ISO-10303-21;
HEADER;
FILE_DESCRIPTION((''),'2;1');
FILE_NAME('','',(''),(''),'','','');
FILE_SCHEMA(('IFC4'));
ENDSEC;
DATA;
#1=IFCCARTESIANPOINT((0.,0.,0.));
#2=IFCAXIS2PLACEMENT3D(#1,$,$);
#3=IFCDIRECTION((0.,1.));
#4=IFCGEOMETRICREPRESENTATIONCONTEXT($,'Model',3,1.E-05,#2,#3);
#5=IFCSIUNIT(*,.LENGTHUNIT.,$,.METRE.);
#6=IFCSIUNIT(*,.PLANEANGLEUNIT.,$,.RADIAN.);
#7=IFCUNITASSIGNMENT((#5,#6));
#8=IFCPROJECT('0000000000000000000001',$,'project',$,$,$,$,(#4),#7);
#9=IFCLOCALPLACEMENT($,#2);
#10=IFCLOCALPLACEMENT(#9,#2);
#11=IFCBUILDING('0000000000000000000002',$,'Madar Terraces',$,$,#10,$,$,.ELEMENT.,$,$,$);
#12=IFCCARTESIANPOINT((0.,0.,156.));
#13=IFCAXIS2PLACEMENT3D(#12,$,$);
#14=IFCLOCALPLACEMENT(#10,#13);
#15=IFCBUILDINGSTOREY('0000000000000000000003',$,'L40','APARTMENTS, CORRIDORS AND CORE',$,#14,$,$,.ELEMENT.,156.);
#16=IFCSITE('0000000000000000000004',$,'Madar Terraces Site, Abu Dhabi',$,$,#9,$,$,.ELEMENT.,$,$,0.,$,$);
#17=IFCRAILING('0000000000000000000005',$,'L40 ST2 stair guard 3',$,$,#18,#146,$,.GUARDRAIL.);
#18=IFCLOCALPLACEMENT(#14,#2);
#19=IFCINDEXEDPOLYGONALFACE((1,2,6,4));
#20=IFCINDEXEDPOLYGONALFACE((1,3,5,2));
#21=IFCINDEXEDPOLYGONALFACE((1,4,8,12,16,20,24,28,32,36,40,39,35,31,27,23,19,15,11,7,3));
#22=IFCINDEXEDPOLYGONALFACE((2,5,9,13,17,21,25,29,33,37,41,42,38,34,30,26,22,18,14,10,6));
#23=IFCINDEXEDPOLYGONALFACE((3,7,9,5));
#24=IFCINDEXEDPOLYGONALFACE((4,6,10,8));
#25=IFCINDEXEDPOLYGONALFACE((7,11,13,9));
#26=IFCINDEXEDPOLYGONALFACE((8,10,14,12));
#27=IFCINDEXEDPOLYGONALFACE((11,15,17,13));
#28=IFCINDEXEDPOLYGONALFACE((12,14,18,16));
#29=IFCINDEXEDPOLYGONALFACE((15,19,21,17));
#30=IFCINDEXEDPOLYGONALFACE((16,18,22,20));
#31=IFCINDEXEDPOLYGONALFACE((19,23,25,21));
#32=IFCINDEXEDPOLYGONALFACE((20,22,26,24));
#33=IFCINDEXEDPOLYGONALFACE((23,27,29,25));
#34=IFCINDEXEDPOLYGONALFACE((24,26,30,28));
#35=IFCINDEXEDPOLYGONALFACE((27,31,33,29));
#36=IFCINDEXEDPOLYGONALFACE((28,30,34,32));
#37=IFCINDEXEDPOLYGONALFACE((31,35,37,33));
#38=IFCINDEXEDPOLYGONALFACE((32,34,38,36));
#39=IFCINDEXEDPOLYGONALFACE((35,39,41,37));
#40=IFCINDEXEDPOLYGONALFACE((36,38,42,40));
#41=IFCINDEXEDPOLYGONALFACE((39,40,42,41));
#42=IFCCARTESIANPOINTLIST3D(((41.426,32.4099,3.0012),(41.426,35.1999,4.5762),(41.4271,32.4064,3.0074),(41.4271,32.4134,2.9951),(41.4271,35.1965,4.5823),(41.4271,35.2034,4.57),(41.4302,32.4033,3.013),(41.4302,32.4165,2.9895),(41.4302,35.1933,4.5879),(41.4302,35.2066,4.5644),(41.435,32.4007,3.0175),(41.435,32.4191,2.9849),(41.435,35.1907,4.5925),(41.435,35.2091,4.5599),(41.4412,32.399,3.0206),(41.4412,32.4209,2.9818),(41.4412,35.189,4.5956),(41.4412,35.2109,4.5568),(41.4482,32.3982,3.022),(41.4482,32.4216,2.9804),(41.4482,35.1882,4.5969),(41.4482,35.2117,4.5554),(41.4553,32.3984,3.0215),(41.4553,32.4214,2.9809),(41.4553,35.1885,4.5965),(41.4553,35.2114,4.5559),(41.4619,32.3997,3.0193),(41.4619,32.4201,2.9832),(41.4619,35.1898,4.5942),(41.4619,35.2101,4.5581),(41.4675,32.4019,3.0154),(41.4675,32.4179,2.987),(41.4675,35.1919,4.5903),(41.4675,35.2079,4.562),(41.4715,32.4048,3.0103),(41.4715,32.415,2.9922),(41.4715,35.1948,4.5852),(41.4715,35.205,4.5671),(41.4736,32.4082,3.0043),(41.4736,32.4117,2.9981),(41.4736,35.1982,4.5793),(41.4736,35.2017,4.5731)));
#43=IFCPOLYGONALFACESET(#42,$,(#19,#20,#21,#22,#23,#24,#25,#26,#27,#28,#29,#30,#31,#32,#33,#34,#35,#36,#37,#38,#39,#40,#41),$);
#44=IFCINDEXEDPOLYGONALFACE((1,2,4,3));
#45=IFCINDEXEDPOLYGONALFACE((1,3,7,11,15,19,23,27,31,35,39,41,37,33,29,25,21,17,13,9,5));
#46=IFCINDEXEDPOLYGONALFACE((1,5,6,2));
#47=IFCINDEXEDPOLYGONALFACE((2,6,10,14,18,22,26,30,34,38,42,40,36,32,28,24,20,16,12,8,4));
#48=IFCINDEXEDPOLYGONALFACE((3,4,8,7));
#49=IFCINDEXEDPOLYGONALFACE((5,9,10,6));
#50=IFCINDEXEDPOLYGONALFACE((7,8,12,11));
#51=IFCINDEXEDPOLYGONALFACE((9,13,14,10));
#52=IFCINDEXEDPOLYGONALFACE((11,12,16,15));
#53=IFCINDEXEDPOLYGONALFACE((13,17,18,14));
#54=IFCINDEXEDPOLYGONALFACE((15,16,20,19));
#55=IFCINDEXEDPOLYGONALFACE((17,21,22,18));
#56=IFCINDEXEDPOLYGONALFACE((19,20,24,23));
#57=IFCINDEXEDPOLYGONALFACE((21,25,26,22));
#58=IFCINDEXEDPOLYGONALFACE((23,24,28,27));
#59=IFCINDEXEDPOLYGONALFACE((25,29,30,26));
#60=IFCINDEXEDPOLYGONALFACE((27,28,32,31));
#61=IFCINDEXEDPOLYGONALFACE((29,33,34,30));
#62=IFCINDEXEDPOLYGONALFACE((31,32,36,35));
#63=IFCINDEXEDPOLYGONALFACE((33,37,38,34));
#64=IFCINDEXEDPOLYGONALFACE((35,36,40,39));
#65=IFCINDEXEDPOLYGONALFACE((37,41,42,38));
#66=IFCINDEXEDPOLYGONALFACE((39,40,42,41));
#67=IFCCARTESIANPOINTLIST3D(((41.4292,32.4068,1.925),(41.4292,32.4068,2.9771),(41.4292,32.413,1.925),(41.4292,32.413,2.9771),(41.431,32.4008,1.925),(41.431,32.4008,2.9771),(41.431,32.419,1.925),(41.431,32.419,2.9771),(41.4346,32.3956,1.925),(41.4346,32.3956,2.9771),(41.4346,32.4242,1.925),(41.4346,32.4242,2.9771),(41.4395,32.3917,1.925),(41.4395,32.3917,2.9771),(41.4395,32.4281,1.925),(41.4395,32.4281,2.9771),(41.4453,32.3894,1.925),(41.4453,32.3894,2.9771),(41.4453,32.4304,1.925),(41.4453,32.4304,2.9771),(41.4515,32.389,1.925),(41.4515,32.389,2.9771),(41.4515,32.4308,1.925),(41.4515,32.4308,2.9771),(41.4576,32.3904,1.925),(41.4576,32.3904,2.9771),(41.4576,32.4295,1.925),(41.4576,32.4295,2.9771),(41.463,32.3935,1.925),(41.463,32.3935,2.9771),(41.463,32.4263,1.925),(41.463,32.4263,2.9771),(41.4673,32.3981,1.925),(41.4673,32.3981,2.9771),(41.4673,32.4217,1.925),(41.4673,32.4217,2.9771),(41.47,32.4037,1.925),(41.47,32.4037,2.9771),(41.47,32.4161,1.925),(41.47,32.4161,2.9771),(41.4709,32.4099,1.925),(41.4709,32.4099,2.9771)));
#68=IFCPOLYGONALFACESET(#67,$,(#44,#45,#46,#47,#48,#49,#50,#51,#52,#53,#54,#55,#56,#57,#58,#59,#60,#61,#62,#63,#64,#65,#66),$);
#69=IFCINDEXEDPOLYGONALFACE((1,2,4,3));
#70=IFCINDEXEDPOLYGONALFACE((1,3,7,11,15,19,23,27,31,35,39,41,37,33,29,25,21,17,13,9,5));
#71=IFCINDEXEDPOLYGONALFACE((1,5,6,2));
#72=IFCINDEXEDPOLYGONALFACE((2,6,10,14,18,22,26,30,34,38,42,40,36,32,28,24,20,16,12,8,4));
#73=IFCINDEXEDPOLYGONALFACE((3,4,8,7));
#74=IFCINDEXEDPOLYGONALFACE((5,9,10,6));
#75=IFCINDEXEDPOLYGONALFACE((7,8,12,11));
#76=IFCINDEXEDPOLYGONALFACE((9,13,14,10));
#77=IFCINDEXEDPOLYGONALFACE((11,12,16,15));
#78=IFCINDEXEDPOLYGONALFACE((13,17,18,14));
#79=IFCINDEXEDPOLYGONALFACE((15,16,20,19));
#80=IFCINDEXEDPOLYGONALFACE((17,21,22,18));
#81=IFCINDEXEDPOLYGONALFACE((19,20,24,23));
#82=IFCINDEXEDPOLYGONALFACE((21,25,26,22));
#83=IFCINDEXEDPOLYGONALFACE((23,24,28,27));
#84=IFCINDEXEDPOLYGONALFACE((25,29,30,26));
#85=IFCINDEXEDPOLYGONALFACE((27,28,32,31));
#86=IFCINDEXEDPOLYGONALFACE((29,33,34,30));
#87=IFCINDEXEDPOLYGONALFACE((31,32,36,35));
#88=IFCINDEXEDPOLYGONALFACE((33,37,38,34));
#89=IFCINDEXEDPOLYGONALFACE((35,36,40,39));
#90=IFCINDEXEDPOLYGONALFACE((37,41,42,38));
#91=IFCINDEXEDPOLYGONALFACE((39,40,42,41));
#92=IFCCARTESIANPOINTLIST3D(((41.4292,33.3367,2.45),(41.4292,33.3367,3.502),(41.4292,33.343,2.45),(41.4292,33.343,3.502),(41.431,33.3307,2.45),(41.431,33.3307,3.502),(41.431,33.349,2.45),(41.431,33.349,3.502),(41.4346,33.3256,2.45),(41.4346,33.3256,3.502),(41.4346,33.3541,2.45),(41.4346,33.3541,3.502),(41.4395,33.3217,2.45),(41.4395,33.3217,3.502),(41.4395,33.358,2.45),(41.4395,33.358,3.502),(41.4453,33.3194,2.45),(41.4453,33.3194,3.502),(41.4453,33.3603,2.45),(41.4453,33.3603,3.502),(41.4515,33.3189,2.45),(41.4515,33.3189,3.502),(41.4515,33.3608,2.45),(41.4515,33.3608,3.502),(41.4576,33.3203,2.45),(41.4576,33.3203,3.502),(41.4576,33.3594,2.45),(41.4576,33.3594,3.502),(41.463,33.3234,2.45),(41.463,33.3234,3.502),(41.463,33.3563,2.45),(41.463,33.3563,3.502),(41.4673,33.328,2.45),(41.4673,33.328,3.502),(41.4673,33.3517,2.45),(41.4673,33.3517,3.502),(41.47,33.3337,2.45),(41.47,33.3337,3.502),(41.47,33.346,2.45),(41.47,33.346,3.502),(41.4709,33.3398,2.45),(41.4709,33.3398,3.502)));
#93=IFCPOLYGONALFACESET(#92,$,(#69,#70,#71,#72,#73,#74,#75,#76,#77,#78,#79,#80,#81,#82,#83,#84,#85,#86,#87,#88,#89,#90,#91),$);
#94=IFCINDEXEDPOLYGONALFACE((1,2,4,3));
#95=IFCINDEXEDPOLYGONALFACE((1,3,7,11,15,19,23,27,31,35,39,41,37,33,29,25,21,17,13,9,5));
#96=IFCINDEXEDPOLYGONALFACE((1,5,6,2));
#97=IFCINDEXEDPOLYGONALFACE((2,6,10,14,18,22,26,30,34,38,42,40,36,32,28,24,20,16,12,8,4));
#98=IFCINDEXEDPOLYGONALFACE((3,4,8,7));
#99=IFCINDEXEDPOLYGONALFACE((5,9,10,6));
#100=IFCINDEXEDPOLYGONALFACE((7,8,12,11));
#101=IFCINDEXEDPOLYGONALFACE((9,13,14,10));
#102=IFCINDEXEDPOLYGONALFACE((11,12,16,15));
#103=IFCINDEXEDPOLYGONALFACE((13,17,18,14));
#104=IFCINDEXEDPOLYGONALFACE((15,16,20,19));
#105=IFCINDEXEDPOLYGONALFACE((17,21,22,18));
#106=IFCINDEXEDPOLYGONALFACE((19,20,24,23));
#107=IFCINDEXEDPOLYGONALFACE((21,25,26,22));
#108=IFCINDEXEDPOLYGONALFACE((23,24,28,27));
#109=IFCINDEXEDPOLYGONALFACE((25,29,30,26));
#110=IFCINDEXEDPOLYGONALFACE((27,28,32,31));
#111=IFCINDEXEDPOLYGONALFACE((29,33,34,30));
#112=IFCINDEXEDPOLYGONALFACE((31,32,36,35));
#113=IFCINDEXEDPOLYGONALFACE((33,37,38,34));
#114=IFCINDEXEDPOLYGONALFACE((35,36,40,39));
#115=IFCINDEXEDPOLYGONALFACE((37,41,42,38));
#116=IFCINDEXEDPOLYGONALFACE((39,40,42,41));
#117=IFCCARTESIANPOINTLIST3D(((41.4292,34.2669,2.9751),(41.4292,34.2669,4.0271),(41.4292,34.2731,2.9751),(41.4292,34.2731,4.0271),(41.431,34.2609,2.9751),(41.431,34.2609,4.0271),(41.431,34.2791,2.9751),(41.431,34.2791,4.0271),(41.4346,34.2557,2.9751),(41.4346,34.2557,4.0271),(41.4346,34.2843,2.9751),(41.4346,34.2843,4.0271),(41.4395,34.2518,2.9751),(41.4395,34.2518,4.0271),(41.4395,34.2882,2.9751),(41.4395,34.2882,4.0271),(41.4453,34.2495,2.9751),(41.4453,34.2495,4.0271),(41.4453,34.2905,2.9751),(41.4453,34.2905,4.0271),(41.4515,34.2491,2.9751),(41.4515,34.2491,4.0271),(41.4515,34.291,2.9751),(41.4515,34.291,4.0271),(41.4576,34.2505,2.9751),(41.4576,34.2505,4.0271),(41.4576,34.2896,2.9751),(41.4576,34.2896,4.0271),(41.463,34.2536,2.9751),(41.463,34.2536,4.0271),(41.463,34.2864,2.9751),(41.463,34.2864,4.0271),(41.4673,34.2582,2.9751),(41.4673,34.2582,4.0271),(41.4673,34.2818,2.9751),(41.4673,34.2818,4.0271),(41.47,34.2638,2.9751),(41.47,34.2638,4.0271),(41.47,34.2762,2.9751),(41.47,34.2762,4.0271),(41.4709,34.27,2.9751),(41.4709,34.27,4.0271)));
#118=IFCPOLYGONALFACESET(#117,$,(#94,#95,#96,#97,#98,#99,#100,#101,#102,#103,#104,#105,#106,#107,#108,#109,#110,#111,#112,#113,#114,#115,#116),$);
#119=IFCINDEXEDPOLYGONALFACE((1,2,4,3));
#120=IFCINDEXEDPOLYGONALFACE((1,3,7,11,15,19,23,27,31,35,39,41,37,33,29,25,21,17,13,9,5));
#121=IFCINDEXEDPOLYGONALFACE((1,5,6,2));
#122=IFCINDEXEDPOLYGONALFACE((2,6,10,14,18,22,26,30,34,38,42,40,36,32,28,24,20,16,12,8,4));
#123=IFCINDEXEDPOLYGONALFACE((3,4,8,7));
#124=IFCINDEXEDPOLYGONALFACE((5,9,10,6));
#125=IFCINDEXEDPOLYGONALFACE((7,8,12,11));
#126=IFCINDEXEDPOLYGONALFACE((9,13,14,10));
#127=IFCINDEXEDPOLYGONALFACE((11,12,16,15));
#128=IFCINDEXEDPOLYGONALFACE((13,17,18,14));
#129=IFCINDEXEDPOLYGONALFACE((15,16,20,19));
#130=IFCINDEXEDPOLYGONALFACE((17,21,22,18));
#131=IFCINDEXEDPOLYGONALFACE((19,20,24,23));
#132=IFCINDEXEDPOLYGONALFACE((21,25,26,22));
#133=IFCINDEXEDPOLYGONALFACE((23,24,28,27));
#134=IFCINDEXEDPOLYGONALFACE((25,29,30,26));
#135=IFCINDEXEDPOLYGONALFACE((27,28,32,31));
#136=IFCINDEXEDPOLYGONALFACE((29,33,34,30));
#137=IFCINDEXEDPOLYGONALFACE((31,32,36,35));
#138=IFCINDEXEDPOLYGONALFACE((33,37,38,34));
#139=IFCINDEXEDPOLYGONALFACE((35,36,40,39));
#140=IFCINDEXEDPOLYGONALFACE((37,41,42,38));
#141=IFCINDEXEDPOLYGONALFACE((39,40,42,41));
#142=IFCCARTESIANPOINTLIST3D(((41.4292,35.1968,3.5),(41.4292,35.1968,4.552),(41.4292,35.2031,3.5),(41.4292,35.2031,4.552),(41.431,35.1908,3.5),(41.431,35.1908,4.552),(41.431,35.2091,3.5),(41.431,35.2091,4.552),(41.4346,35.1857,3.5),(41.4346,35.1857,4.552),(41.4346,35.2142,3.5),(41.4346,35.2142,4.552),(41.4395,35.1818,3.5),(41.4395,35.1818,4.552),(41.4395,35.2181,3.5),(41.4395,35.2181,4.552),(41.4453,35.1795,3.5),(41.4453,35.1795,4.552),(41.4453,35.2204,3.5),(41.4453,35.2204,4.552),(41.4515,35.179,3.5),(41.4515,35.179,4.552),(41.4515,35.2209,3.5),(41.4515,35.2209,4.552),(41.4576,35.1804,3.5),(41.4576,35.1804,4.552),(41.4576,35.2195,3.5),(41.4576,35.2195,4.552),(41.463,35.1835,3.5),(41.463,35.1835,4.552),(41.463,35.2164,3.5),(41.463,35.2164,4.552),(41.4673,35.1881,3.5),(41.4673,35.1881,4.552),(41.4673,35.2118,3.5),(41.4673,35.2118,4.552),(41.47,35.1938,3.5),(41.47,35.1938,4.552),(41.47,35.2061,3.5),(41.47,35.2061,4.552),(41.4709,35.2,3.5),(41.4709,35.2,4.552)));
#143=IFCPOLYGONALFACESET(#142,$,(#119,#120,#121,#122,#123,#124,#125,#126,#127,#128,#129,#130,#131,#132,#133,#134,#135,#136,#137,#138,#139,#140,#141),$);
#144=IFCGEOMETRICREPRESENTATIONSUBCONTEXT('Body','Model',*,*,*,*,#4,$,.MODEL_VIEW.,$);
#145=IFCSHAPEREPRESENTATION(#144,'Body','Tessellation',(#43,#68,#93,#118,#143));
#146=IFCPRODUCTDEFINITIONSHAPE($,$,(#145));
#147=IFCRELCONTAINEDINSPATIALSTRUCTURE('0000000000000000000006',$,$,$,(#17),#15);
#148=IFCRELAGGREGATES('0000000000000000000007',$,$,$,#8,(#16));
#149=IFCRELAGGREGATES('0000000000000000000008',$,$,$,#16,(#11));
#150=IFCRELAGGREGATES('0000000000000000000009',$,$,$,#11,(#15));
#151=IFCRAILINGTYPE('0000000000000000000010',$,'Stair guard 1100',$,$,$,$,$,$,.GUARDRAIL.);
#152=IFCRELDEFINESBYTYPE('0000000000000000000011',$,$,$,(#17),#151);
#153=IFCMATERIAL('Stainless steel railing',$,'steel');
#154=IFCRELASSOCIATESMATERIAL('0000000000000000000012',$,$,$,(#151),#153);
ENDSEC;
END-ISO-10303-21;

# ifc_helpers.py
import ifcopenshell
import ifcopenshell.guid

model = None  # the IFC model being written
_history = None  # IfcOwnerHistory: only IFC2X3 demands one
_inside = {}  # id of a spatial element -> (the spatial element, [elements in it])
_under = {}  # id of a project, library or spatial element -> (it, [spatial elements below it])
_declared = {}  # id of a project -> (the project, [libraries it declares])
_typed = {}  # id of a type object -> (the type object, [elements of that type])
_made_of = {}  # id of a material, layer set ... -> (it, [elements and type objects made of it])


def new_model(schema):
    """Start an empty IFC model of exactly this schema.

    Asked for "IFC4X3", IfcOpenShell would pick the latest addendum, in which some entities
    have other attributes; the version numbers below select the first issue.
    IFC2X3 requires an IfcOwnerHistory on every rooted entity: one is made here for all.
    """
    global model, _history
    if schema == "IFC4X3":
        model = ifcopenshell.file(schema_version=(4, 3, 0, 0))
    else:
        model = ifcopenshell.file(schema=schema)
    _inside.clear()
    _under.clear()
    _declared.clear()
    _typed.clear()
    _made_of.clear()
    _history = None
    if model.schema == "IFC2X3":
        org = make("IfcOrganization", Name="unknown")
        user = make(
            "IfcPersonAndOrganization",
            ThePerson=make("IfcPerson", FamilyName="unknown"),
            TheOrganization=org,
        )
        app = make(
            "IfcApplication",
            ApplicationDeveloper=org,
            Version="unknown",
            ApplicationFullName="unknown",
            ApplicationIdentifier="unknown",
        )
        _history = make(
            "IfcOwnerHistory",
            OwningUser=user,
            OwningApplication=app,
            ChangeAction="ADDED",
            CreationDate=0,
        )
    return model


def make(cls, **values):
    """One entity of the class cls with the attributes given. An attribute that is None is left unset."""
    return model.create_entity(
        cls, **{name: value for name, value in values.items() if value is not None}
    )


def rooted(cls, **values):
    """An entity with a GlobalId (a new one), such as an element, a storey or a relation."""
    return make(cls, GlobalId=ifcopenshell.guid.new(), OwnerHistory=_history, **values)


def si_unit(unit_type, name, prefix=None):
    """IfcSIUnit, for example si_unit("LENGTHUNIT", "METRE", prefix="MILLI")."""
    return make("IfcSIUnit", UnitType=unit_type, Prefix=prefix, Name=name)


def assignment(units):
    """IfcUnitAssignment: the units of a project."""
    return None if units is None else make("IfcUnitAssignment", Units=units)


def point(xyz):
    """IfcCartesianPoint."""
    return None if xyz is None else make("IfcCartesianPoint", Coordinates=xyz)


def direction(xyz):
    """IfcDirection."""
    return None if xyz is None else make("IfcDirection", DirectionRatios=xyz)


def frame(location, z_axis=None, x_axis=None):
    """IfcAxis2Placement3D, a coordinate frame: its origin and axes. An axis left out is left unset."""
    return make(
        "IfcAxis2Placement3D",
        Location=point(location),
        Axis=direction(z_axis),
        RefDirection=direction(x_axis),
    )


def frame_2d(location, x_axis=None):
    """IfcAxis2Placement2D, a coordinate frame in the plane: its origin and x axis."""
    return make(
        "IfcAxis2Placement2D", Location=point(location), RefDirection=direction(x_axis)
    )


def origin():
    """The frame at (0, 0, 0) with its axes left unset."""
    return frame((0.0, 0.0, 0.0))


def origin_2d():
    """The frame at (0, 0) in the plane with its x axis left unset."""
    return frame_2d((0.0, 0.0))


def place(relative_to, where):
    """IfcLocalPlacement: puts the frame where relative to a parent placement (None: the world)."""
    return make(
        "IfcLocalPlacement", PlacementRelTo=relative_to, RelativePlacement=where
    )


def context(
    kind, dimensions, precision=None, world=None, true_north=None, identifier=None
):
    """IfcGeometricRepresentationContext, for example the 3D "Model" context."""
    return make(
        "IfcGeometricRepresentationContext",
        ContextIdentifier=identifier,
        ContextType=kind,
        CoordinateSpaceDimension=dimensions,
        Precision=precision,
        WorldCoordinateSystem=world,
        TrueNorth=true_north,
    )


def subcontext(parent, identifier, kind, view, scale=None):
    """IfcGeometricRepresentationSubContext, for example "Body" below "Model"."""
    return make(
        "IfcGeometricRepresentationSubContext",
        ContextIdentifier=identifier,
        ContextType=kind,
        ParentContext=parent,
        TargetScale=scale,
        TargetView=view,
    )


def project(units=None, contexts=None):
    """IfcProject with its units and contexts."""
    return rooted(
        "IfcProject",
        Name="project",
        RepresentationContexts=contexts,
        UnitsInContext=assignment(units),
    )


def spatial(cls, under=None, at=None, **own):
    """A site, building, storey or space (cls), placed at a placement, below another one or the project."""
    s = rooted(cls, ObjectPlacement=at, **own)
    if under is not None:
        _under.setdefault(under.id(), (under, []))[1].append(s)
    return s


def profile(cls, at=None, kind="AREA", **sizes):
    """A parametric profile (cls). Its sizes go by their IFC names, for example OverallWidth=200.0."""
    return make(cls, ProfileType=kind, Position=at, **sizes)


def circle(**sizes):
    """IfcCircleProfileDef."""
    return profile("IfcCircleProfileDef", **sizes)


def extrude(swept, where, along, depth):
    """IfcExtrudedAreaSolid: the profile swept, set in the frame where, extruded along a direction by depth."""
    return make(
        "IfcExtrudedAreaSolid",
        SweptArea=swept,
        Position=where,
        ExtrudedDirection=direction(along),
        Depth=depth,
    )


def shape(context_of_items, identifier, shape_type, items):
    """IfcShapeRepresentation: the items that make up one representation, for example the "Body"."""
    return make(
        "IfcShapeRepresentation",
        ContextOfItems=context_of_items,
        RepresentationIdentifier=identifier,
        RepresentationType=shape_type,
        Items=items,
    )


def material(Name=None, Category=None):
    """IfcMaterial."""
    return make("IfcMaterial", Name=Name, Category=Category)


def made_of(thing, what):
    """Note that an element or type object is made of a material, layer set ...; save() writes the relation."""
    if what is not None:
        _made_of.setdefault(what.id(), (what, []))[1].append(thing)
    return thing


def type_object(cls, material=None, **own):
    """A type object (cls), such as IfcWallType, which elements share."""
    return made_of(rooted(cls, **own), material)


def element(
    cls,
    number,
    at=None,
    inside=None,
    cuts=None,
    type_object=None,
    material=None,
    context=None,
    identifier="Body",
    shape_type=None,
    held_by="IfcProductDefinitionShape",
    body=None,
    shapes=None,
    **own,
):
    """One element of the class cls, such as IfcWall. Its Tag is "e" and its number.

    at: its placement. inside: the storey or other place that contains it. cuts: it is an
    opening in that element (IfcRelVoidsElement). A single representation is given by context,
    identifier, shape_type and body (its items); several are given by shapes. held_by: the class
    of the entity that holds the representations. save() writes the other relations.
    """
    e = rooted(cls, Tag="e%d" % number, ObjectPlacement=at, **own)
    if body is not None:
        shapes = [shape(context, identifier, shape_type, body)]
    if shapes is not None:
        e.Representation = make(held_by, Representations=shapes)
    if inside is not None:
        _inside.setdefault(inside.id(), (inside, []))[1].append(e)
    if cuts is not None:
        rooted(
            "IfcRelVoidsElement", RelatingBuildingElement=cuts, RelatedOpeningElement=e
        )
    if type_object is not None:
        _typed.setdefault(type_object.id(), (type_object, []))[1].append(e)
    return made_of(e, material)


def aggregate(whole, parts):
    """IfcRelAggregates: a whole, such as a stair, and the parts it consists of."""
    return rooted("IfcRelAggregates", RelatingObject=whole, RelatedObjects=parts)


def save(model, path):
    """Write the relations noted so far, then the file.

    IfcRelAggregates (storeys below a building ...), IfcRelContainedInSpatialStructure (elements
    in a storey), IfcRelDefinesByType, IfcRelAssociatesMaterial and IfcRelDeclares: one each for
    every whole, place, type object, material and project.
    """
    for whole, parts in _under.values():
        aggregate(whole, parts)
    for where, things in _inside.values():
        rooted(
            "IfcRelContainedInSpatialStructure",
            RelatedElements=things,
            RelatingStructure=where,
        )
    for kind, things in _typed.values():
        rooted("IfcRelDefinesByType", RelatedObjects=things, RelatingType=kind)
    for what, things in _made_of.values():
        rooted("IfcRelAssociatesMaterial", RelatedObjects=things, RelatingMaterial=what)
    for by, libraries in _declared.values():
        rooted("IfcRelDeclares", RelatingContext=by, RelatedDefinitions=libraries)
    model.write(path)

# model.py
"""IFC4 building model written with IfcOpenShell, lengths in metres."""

from ifc_helpers import new_model, si_unit, direction, frame, origin, origin_2d, place, context, subcontext, project, spatial, circle, extrude, material, type_object, element, save


model = new_model("IFC4")

# Units and contexts
model_context = context("Model", 3, precision=1e-05, world=origin(), true_north=direction((0.0, 1.0)))
body_context = subcontext(model_context, "Body", "Model", "MODEL_VIEW")
ifc_project = project(units=[si_unit("LENGTHUNIT", "METRE"), si_unit("PLANEANGLEUNIT", "RADIAN")], contexts=[model_context])

# Site, building, storey
site_placement = place(None, origin())
site = spatial("IfcSite", under=ifc_project, at=site_placement, Name="Madar Terraces Site, Abu Dhabi", CompositionType="ELEMENT", RefElevation=0.0)
building_placement = place(site_placement, origin())
building = spatial("IfcBuilding", under=site, at=building_placement, Name="Madar Terraces", CompositionType="ELEMENT")
storey_placement = place(building_placement, frame((0.0, 0.0, 156.0)))
storey = spatial("IfcBuildingStorey", under=building, at=storey_placement, Name="L40", Description="APARTMENTS, CORRIDORS AND CORE", CompositionType="ELEMENT", Elevation=156.0)

# Railing
ifc_material_1 = material(Name="Stainless steel railing", Category="steel")
railing_type_1 = type_object("IfcRailingType", Name="Stair guard 1100", PredefinedType="GUARDRAIL", material=ifc_material_1)
railing_1_placement = place(storey_placement, frame((41.45, 32.4099, 1.925)))
element("IfcRailing", 1, at=railing_1_placement, inside=storey, type_object=railing_type_1, Name="L40 ST2 stair guard 3", PredefinedType="GUARDRAIL", context=body_context, shape_type="SweptSolid", body=[
    extrude(circle(Radius=0.0239, at=origin_2d()), frame((0.0, 0.0, 1.0762), z_axis=(0.0, 0.870834, 0.491578), x_axis=(-1.0, 0.0, 0.0)), (0.0, 0.0, 1.0), 3.2039),
    extrude(circle(Radius=0.021, at=origin_2d()), origin(), (0.0, 0.0, 1.0), 1.052),
    extrude(circle(Radius=0.021, at=origin_2d()), frame((0.0, 0.9299, 0.5249)), (0.0, 0.0, 1.0), 1.052),
    extrude(circle(Radius=0.021, at=origin_2d()), frame((0.0, 1.8601, 1.05)), (0.0, 0.0, 1.0), 1.052),
    extrude(circle(Radius=0.021, at=origin_2d()), frame((0.0, 2.79, 1.575)), (0.0, 0.0, 1.0), 1.052),
])

save(model, "model.ifc")
